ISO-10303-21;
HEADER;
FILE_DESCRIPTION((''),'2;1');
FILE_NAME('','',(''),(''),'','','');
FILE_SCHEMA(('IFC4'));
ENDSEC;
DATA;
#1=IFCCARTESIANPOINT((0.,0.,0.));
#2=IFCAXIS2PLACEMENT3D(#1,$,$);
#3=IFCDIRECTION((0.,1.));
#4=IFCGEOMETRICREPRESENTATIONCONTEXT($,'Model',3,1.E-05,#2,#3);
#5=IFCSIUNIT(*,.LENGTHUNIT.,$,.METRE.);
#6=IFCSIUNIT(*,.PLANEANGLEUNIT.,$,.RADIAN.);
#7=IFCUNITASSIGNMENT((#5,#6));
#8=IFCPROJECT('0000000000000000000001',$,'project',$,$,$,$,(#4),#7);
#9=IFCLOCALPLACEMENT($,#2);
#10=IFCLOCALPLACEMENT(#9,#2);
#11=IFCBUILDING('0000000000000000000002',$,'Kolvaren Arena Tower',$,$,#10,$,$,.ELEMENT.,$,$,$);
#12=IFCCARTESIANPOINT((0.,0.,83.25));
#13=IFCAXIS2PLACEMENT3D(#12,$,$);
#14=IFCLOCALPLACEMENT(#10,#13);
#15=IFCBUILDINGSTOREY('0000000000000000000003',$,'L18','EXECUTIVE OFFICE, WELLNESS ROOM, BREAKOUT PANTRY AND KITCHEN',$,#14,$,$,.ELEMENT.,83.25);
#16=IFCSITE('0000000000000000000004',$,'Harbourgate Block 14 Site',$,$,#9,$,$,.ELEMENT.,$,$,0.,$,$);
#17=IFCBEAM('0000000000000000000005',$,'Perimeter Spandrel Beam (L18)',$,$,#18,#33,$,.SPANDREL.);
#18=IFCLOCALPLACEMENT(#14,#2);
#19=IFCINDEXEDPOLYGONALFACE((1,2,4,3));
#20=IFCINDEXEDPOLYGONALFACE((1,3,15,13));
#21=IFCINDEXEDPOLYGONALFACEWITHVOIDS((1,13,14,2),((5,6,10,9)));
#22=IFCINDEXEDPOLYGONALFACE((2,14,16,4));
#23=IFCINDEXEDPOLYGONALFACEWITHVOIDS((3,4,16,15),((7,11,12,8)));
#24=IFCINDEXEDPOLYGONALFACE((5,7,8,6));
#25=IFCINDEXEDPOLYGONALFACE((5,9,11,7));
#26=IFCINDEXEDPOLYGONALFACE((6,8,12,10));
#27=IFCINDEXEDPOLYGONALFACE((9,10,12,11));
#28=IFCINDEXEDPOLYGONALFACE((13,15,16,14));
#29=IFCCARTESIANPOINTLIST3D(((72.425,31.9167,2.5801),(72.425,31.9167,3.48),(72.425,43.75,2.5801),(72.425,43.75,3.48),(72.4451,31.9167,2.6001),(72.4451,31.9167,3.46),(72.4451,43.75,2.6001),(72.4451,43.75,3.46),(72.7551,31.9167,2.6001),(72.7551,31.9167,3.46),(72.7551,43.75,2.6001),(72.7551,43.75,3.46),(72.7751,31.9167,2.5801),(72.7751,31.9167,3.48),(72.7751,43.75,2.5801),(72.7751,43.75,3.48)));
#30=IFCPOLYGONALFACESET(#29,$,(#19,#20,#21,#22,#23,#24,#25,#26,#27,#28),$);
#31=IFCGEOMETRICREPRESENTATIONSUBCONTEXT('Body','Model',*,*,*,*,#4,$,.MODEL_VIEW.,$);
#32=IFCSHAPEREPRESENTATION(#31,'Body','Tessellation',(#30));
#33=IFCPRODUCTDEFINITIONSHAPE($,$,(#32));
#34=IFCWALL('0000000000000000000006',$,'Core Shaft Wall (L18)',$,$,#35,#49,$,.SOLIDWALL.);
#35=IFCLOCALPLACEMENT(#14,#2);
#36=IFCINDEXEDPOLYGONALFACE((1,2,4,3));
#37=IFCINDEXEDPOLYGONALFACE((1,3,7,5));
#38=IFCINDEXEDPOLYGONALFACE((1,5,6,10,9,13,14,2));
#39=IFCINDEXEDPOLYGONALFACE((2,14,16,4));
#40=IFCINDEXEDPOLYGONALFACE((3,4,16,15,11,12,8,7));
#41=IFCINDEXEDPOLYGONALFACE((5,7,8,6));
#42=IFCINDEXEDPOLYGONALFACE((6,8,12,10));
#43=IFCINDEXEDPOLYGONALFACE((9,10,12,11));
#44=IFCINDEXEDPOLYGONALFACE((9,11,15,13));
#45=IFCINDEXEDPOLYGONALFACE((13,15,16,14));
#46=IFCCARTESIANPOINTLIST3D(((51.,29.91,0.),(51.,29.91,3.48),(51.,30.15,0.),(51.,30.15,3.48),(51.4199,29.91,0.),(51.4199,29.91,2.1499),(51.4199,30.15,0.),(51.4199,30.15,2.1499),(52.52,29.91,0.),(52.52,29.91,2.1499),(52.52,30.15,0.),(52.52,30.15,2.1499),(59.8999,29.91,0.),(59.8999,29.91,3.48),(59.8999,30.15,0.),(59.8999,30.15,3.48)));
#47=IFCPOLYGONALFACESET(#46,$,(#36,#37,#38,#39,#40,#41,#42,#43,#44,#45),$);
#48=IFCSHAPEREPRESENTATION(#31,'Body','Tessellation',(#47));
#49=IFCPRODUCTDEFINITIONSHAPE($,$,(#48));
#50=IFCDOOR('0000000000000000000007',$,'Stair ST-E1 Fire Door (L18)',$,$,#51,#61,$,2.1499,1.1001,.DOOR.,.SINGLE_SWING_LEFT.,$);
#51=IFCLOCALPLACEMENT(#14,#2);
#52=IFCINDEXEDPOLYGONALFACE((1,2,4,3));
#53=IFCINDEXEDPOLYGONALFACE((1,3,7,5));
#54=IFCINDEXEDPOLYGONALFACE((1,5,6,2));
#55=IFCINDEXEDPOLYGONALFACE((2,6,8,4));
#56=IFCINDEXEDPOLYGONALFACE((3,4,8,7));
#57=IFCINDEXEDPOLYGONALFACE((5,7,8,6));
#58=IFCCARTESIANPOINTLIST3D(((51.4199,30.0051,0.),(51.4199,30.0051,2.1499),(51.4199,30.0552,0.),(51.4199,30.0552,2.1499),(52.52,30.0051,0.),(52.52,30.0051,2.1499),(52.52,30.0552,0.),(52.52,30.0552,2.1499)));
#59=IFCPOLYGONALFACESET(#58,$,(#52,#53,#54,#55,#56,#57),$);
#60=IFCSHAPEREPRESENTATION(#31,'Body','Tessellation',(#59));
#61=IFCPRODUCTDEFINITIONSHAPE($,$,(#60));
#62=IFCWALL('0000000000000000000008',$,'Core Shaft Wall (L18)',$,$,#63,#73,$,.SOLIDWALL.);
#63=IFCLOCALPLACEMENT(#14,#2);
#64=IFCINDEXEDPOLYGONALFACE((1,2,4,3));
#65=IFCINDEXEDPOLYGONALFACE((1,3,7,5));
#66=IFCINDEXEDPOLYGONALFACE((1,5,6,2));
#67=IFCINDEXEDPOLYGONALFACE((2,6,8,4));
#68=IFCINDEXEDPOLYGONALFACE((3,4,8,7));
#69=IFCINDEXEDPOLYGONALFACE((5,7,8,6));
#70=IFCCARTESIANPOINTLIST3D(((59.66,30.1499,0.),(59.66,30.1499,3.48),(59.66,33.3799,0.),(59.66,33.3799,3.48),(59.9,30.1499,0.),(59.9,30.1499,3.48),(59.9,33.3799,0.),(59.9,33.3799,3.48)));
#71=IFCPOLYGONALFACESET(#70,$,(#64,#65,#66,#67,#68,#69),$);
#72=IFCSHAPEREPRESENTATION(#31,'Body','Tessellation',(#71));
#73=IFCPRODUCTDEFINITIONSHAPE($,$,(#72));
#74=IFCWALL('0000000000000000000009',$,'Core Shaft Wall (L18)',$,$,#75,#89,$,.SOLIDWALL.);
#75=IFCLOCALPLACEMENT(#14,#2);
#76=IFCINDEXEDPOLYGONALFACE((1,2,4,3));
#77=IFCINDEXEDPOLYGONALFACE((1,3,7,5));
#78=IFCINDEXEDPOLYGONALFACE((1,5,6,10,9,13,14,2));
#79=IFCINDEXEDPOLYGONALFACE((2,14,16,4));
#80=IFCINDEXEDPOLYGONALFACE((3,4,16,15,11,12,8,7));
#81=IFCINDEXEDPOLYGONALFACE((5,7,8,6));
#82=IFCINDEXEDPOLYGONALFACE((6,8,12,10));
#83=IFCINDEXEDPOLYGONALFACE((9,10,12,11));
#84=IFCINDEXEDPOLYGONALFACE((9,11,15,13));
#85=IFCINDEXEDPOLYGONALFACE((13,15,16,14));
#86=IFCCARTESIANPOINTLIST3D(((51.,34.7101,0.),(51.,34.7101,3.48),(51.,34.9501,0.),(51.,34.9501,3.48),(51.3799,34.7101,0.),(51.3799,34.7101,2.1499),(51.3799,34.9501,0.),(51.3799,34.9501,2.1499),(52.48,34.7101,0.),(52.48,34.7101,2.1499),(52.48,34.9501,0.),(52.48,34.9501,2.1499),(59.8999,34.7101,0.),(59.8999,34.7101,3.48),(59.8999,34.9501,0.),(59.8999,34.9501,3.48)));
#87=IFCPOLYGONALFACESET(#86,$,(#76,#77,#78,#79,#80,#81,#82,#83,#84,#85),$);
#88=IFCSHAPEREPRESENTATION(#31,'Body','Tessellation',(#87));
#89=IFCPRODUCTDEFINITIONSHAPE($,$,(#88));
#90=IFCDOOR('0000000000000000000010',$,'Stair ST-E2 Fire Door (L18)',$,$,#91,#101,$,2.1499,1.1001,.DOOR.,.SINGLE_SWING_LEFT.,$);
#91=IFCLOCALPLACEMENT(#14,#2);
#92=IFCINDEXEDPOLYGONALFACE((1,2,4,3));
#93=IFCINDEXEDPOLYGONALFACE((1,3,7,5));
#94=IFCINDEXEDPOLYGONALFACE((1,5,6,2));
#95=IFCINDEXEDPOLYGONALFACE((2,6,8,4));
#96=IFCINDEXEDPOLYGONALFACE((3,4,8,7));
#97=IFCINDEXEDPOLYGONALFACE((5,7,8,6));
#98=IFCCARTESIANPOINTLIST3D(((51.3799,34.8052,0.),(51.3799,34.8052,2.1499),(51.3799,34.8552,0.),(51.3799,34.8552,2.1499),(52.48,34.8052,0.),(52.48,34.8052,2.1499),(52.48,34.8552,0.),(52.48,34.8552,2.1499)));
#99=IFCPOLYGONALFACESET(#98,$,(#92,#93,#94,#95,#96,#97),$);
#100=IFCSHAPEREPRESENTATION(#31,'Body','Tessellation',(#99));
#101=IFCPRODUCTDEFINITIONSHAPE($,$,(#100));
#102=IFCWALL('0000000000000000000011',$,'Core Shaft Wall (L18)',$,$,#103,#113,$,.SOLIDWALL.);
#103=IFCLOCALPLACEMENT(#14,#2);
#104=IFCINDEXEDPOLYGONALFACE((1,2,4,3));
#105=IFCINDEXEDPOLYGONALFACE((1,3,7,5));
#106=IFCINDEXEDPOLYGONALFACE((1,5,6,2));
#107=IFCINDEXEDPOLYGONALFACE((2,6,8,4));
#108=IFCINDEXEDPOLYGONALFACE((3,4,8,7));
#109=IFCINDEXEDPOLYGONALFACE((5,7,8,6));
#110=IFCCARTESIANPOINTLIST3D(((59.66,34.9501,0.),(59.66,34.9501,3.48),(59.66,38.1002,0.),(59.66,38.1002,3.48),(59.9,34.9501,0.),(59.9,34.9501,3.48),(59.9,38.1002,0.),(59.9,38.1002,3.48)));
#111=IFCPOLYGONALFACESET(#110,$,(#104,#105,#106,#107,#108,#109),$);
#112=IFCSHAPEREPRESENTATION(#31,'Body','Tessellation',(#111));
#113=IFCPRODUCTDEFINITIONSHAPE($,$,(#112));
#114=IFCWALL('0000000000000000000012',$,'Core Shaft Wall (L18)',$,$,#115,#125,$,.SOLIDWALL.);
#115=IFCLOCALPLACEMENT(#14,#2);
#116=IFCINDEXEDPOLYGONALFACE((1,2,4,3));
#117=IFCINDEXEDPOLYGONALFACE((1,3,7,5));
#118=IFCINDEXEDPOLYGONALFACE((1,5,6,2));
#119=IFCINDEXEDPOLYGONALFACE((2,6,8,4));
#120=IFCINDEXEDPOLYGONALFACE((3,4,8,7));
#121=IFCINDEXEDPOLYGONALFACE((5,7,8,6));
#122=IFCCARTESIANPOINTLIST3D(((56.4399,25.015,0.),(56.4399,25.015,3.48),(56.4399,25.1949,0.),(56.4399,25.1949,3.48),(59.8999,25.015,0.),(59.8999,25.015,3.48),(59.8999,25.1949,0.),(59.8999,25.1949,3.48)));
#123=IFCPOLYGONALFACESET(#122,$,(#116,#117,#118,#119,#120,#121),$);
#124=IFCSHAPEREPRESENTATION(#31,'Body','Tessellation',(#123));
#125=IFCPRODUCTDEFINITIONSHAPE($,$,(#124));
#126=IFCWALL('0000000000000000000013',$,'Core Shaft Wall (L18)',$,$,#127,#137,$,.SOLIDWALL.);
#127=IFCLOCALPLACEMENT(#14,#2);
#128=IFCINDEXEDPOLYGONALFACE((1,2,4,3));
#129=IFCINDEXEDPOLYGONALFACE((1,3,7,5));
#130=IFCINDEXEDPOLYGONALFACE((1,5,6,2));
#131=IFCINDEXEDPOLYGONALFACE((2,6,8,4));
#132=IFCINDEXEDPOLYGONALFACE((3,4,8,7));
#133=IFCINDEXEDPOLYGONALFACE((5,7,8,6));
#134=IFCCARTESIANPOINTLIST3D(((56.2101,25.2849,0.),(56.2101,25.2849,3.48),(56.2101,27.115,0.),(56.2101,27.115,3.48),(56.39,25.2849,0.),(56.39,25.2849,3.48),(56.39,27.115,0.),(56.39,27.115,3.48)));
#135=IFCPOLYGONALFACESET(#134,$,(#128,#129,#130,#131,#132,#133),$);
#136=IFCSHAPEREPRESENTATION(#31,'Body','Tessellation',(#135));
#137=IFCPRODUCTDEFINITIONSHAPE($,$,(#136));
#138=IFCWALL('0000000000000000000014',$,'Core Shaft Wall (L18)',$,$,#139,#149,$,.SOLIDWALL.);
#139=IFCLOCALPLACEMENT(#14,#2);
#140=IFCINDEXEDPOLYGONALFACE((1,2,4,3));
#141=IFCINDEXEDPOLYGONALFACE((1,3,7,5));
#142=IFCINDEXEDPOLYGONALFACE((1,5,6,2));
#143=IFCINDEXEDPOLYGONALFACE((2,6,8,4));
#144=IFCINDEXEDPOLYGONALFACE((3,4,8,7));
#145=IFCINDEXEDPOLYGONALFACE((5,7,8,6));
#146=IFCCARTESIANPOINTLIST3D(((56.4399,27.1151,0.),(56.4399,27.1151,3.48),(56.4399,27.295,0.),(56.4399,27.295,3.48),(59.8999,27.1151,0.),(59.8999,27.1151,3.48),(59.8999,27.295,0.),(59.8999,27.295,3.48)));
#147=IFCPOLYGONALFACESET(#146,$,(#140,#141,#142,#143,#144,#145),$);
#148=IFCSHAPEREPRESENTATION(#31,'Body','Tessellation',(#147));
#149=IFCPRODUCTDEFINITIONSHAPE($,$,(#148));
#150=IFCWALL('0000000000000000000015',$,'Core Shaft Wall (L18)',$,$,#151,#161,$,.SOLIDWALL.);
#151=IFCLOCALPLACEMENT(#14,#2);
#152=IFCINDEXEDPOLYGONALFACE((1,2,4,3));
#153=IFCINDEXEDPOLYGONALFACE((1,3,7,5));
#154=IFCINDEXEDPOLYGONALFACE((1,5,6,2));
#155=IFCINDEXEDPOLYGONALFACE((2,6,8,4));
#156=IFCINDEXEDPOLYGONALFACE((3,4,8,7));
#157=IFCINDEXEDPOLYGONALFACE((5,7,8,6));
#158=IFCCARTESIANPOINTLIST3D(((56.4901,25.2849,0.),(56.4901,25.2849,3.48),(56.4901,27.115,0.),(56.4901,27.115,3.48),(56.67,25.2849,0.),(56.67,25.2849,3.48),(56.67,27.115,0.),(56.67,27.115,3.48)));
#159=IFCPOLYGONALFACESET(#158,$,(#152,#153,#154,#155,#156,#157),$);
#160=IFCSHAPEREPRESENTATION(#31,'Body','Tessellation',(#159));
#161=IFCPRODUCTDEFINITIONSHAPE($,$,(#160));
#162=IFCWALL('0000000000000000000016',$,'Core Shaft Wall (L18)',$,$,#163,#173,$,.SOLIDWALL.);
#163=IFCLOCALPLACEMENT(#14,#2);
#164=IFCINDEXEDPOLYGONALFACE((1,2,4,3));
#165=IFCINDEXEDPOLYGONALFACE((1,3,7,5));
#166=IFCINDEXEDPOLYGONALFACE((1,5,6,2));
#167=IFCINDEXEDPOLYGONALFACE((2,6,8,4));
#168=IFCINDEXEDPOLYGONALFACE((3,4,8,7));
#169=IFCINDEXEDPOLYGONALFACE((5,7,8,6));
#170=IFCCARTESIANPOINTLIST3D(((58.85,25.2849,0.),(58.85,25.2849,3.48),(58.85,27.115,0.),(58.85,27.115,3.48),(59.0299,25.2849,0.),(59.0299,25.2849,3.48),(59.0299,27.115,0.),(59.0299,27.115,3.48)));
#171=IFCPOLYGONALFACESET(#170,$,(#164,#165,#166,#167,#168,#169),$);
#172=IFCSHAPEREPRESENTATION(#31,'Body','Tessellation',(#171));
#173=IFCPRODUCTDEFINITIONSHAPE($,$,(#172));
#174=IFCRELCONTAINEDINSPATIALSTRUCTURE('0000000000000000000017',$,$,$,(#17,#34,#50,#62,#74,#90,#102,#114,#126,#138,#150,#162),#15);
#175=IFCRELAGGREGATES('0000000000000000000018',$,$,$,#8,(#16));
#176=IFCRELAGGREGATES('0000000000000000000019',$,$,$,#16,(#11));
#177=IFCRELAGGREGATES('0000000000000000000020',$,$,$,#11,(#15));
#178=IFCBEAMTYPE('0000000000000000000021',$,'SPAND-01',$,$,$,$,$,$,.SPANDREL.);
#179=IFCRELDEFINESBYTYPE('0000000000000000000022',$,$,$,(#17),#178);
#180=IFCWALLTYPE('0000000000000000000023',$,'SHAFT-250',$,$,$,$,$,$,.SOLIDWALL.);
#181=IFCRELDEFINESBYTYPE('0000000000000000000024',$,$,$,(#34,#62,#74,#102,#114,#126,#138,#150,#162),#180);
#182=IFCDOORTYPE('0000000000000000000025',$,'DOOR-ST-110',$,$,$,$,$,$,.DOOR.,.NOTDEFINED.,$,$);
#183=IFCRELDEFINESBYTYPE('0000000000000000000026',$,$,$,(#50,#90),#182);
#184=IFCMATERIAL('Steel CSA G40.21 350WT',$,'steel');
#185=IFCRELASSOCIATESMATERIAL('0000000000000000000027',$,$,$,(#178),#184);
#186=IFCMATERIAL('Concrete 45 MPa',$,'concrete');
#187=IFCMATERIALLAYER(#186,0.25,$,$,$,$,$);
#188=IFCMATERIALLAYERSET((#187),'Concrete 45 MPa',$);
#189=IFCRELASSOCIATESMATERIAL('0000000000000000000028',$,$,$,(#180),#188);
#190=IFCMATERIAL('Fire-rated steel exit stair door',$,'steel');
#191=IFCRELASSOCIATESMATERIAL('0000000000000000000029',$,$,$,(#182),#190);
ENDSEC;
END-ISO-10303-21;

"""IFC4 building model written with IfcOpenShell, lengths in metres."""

from ifc_helpers import new_model, si_unit, direction, frame, frame_2d, origin, origin_2d, place, context, subcontext, project, spatial, rectangle, hollow_rectangle, extrude, material, layer, layer_set, material_profile, profile_set, type_object, element, fill, save


model = new_model("IFC4")

# Units and contexts
model_context = context("Model", 3, precision=1e-05, world=origin(), true_north=direction((0.0, 1.0)))
body_context = subcontext(model_context, "Body", "Model", "MODEL_VIEW")
ifc_project = project(units=[si_unit("LENGTHUNIT", "METRE"), si_unit("PLANEANGLEUNIT", "RADIAN")], contexts=[model_context])

# Site, building, storey
site_placement = place(None, origin())
site = spatial("IfcSite", under=ifc_project, at=site_placement, Name="Harbourgate Block 14 Site", CompositionType="ELEMENT", RefElevation=0.0)
building_placement = place(site_placement, origin())
building = spatial("IfcBuilding", under=site, at=building_placement, Name="Kolvaren Arena Tower", CompositionType="ELEMENT")
storey_placement = place(building_placement, frame((0.0, 0.0, 83.25)))
storey = spatial("IfcBuildingStorey", under=building, at=storey_placement, Name="L18", Description="EXECUTIVE OFFICE, WELLNESS ROOM, BREAKOUT PANTRY AND KITCHEN", CompositionType="ELEMENT", Elevation=83.25)

# Beam
ifc_material_1 = material(Name="Steel CSA G40.21 350WT", Category="steel")
ifc_material_profile_1 = material_profile(ifc_material_1, hollow_rectangle(XDim=0.3501, YDim=0.8999, WallThickness=0.02, at=origin_2d()), Name="HSS 900x350x20")
ifc_profile_set_1 = profile_set([ifc_material_profile_1], Name="Steel CSA G40.21 350WT")
beam_type_1 = type_object("IfcBeamType", Name="SPAND-01", PredefinedType="SPANDREL", material=ifc_profile_set_1)
beam_1_placement = place(storey_placement, frame((72.6001, 31.9167, 3.03), z_axis=(0.0, 1.0, 0.0), x_axis=(-1.0, 0.0, 0.0)))
element("IfcBeam", 1, at=beam_1_placement, inside=storey, type_object=beam_type_1, Name="Perimeter Spandrel Beam (L18)", PredefinedType="SPANDREL", context=body_context, shape_type="SweptSolid", body=[
    extrude(hollow_rectangle(XDim=0.3501, YDim=0.8999, WallThickness=0.02, at=origin_2d()), origin(), (0.0, 0.0, 1.0), 11.8333),
])

# Wall, opening, door
ifc_material_2 = material(Name="Concrete 45 MPa", Category="concrete")
ifc_layer = layer(ifc_material_2, 0.25)
ifc_layer_set = layer_set([ifc_layer], Name="Concrete 45 MPa")
wall_type = type_object("IfcWallType", Name="SHAFT-250", PredefinedType="SOLIDWALL", material=ifc_layer_set)
wall_1_placement = place(storey_placement, frame((59.8999, 30.03, 0.0), z_axis=(0.0, 0.0, 1.0), x_axis=(-1.0, 0.0, 0.0)))
wall_1 = element("IfcWall", 2, at=wall_1_placement, inside=storey, type_object=wall_type, Name="Core Shaft Wall (L18)", PredefinedType="SOLIDWALL", context=body_context, shape_type="SweptSolid", body=[
    extrude(rectangle(XDim=8.8999, YDim=0.24, at=frame_2d((4.45, 0.0))), origin(), (0.0, 0.0, 1.0), 3.48),
])
opening_1_placement = place(wall_1_placement, frame((7.3799, 0.0, 0.0)))
opening_1 = element("IfcOpeningElement", 3, at=opening_1_placement, cuts=wall_1, PredefinedType="OPENING", context=body_context, shape_type="SweptSolid", body=[
    extrude(rectangle(XDim=1.1001, YDim=2.1499, at=frame_2d((0.55, 1.075))), frame((0.0, 0.1299, 0.0), z_axis=(0.0, -1.0, 0.0), x_axis=(1.0, 0.0, 0.0)), (0.0, 0.0, 1.0), 0.26),
])
ifc_material_3 = material(Name="Fire-rated steel exit stair door", Category="steel")
door_type = type_object("IfcDoorType", Name="DOOR-ST-110", OperationType="NOTDEFINED", PredefinedType="DOOR", material=ifc_material_3)
door_1_placement = place(opening_1_placement, origin())
door_1 = element("IfcDoor", 4, at=door_1_placement, inside=storey, type_object=door_type, Name="Stair ST-E1 Fire Door (L18)", OperationType="SINGLE_SWING_LEFT", OverallHeight=2.1499, OverallWidth=1.1001, PredefinedType="DOOR", context=body_context, shape_type="SweptSolid", body=[
    extrude(rectangle(XDim=1.1001, YDim=2.1499, at=frame_2d((0.55, 1.075))), frame((0.0, 0.0249, 0.0), z_axis=(0.0, -1.0, 0.0), x_axis=(1.0, 0.0, 0.0)), (0.0, 0.0, 1.0), 0.05),
])
fill(opening_1, door_1)

# Wall
wall_2_placement = place(storey_placement, frame((59.78, 30.1499, 0.0), z_axis=(0.0, 0.0, 1.0), x_axis=(0.0, 1.0, 0.0)))
element("IfcWall", 5, at=wall_2_placement, inside=storey, type_object=wall_type, Name="Core Shaft Wall (L18)", PredefinedType="SOLIDWALL", context=body_context, shape_type="SweptSolid", body=[
    extrude(rectangle(XDim=3.23, YDim=0.24, at=frame_2d((1.615, 0.0))), origin(), (0.0, 0.0, 1.0), 3.48),
])

# Wall, opening, door
wall_3_placement = place(storey_placement, frame((59.8999, 34.8301, 0.0), z_axis=(0.0, 0.0, 1.0), x_axis=(-1.0, 0.0, 0.0)))
wall_3 = element("IfcWall", 6, at=wall_3_placement, inside=storey, type_object=wall_type, Name="Core Shaft Wall (L18)", PredefinedType="SOLIDWALL", context=body_context, shape_type="SweptSolid", body=[
    extrude(rectangle(XDim=8.8999, YDim=0.24, at=frame_2d((4.45, 0.0))), origin(), (0.0, 0.0, 1.0), 3.48),
])
opening_2_placement = place(wall_3_placement, frame((7.4199, 0.0, 0.0)))
opening_2 = element("IfcOpeningElement", 7, at=opening_2_placement, cuts=wall_3, PredefinedType="OPENING", context=body_context, shape_type="SweptSolid", body=[
    extrude(rectangle(XDim=1.1001, YDim=2.1499, at=frame_2d((0.55, 1.075))), frame((0.0, 0.1299, 0.0), z_axis=(0.0, -1.0, 0.0), x_axis=(1.0, 0.0, 0.0)), (0.0, 0.0, 1.0), 0.26),
])
door_2_placement = place(opening_2_placement, origin())
door_2 = element("IfcDoor", 8, at=door_2_placement, inside=storey, type_object=door_type, Name="Stair ST-E2 Fire Door (L18)", OperationType="SINGLE_SWING_LEFT", OverallHeight=2.1499, OverallWidth=1.1001, PredefinedType="DOOR", context=body_context, shape_type="SweptSolid", body=[
    extrude(rectangle(XDim=1.1001, YDim=2.1499, at=frame_2d((0.55, 1.075))), frame((0.0, 0.0249, 0.0), z_axis=(0.0, -1.0, 0.0), x_axis=(1.0, 0.0, 0.0)), (0.0, 0.0, 1.0), 0.05),
])
fill(opening_2, door_2)

# Walls
wall_4_placement = place(storey_placement, frame((59.78, 34.95, 0.0), z_axis=(0.0, 0.0, 1.0), x_axis=(0.0, 1.0, 0.0)))
element("IfcWall", 9, at=wall_4_placement, inside=storey, type_object=wall_type, Name="Core Shaft Wall (L18)", PredefinedType="SOLIDWALL", context=body_context, shape_type="SweptSolid", body=[
    extrude(rectangle(XDim=3.1501, YDim=0.24, at=frame_2d((1.5752, 0.0))), origin(), (0.0, 0.0, 1.0), 3.48),
])
wall_5_placement = place(storey_placement, frame((56.4399, 25.105, 0.0), z_axis=(0.0, 0.0, 1.0), x_axis=(1.0, 0.0, 0.0)))
element("IfcWall", 10, at=wall_5_placement, inside=storey, type_object=wall_type, Name="Core Shaft Wall (L18)", PredefinedType="SOLIDWALL", context=body_context, shape_type="SweptSolid", body=[
    extrude(rectangle(XDim=3.46, YDim=0.1799, at=frame_2d((1.73, 0.0))), origin(), (0.0, 0.0, 1.0), 3.48),
])
wall_6_placement = place(storey_placement, frame((56.3, 25.2849, 0.0), z_axis=(0.0, 0.0, 1.0), x_axis=(0.0, 1.0, 0.0)))
element("IfcWall", 11, at=wall_6_placement, inside=storey, type_object=wall_type, Name="Core Shaft Wall (L18)", PredefinedType="SOLIDWALL", context=body_context, shape_type="SweptSolid", body=[
    extrude(rectangle(XDim=1.8301, YDim=0.1799, at=frame_2d((0.915, 0.0))), origin(), (0.0, 0.0, 1.0), 3.48),
])
wall_7_placement = place(storey_placement, frame((56.4399, 27.2051, 0.0), z_axis=(0.0, 0.0, 1.0), x_axis=(1.0, 0.0, 0.0)))
element("IfcWall", 12, at=wall_7_placement, inside=storey, type_object=wall_type, Name="Core Shaft Wall (L18)", PredefinedType="SOLIDWALL", context=body_context, shape_type="SweptSolid", body=[
    extrude(rectangle(XDim=3.46, YDim=0.1799, at=frame_2d((1.73, 0.0))), origin(), (0.0, 0.0, 1.0), 3.48),
])
for number, where, z_axis, x_axis, name in (
    (13, (56.5801, 25.2849, 0.0), (0.0, 0.0, 1.0), (0.0, 1.0, 0.0), "Core Shaft Wall (L18)"),
    (14, (58.9399, 25.2849, 0.0), (0.0, 0.0, 1.0), (0.0, 1.0, 0.0), "Core Shaft Wall (L18)"),
):
    element("IfcWall", number, at=place(storey_placement, frame(where, z_axis=z_axis, x_axis=x_axis)), inside=storey, type_object=wall_type, Name=name, PredefinedType="SOLIDWALL", context=body_context, shape_type="SweptSolid", body=[
        extrude(rectangle(XDim=1.8301, YDim=0.1799, at=frame_2d((0.915, 0.0))), origin(), (0.0, 0.0, 1.0), 3.48),
    ])

save(model, "model.ifc")
